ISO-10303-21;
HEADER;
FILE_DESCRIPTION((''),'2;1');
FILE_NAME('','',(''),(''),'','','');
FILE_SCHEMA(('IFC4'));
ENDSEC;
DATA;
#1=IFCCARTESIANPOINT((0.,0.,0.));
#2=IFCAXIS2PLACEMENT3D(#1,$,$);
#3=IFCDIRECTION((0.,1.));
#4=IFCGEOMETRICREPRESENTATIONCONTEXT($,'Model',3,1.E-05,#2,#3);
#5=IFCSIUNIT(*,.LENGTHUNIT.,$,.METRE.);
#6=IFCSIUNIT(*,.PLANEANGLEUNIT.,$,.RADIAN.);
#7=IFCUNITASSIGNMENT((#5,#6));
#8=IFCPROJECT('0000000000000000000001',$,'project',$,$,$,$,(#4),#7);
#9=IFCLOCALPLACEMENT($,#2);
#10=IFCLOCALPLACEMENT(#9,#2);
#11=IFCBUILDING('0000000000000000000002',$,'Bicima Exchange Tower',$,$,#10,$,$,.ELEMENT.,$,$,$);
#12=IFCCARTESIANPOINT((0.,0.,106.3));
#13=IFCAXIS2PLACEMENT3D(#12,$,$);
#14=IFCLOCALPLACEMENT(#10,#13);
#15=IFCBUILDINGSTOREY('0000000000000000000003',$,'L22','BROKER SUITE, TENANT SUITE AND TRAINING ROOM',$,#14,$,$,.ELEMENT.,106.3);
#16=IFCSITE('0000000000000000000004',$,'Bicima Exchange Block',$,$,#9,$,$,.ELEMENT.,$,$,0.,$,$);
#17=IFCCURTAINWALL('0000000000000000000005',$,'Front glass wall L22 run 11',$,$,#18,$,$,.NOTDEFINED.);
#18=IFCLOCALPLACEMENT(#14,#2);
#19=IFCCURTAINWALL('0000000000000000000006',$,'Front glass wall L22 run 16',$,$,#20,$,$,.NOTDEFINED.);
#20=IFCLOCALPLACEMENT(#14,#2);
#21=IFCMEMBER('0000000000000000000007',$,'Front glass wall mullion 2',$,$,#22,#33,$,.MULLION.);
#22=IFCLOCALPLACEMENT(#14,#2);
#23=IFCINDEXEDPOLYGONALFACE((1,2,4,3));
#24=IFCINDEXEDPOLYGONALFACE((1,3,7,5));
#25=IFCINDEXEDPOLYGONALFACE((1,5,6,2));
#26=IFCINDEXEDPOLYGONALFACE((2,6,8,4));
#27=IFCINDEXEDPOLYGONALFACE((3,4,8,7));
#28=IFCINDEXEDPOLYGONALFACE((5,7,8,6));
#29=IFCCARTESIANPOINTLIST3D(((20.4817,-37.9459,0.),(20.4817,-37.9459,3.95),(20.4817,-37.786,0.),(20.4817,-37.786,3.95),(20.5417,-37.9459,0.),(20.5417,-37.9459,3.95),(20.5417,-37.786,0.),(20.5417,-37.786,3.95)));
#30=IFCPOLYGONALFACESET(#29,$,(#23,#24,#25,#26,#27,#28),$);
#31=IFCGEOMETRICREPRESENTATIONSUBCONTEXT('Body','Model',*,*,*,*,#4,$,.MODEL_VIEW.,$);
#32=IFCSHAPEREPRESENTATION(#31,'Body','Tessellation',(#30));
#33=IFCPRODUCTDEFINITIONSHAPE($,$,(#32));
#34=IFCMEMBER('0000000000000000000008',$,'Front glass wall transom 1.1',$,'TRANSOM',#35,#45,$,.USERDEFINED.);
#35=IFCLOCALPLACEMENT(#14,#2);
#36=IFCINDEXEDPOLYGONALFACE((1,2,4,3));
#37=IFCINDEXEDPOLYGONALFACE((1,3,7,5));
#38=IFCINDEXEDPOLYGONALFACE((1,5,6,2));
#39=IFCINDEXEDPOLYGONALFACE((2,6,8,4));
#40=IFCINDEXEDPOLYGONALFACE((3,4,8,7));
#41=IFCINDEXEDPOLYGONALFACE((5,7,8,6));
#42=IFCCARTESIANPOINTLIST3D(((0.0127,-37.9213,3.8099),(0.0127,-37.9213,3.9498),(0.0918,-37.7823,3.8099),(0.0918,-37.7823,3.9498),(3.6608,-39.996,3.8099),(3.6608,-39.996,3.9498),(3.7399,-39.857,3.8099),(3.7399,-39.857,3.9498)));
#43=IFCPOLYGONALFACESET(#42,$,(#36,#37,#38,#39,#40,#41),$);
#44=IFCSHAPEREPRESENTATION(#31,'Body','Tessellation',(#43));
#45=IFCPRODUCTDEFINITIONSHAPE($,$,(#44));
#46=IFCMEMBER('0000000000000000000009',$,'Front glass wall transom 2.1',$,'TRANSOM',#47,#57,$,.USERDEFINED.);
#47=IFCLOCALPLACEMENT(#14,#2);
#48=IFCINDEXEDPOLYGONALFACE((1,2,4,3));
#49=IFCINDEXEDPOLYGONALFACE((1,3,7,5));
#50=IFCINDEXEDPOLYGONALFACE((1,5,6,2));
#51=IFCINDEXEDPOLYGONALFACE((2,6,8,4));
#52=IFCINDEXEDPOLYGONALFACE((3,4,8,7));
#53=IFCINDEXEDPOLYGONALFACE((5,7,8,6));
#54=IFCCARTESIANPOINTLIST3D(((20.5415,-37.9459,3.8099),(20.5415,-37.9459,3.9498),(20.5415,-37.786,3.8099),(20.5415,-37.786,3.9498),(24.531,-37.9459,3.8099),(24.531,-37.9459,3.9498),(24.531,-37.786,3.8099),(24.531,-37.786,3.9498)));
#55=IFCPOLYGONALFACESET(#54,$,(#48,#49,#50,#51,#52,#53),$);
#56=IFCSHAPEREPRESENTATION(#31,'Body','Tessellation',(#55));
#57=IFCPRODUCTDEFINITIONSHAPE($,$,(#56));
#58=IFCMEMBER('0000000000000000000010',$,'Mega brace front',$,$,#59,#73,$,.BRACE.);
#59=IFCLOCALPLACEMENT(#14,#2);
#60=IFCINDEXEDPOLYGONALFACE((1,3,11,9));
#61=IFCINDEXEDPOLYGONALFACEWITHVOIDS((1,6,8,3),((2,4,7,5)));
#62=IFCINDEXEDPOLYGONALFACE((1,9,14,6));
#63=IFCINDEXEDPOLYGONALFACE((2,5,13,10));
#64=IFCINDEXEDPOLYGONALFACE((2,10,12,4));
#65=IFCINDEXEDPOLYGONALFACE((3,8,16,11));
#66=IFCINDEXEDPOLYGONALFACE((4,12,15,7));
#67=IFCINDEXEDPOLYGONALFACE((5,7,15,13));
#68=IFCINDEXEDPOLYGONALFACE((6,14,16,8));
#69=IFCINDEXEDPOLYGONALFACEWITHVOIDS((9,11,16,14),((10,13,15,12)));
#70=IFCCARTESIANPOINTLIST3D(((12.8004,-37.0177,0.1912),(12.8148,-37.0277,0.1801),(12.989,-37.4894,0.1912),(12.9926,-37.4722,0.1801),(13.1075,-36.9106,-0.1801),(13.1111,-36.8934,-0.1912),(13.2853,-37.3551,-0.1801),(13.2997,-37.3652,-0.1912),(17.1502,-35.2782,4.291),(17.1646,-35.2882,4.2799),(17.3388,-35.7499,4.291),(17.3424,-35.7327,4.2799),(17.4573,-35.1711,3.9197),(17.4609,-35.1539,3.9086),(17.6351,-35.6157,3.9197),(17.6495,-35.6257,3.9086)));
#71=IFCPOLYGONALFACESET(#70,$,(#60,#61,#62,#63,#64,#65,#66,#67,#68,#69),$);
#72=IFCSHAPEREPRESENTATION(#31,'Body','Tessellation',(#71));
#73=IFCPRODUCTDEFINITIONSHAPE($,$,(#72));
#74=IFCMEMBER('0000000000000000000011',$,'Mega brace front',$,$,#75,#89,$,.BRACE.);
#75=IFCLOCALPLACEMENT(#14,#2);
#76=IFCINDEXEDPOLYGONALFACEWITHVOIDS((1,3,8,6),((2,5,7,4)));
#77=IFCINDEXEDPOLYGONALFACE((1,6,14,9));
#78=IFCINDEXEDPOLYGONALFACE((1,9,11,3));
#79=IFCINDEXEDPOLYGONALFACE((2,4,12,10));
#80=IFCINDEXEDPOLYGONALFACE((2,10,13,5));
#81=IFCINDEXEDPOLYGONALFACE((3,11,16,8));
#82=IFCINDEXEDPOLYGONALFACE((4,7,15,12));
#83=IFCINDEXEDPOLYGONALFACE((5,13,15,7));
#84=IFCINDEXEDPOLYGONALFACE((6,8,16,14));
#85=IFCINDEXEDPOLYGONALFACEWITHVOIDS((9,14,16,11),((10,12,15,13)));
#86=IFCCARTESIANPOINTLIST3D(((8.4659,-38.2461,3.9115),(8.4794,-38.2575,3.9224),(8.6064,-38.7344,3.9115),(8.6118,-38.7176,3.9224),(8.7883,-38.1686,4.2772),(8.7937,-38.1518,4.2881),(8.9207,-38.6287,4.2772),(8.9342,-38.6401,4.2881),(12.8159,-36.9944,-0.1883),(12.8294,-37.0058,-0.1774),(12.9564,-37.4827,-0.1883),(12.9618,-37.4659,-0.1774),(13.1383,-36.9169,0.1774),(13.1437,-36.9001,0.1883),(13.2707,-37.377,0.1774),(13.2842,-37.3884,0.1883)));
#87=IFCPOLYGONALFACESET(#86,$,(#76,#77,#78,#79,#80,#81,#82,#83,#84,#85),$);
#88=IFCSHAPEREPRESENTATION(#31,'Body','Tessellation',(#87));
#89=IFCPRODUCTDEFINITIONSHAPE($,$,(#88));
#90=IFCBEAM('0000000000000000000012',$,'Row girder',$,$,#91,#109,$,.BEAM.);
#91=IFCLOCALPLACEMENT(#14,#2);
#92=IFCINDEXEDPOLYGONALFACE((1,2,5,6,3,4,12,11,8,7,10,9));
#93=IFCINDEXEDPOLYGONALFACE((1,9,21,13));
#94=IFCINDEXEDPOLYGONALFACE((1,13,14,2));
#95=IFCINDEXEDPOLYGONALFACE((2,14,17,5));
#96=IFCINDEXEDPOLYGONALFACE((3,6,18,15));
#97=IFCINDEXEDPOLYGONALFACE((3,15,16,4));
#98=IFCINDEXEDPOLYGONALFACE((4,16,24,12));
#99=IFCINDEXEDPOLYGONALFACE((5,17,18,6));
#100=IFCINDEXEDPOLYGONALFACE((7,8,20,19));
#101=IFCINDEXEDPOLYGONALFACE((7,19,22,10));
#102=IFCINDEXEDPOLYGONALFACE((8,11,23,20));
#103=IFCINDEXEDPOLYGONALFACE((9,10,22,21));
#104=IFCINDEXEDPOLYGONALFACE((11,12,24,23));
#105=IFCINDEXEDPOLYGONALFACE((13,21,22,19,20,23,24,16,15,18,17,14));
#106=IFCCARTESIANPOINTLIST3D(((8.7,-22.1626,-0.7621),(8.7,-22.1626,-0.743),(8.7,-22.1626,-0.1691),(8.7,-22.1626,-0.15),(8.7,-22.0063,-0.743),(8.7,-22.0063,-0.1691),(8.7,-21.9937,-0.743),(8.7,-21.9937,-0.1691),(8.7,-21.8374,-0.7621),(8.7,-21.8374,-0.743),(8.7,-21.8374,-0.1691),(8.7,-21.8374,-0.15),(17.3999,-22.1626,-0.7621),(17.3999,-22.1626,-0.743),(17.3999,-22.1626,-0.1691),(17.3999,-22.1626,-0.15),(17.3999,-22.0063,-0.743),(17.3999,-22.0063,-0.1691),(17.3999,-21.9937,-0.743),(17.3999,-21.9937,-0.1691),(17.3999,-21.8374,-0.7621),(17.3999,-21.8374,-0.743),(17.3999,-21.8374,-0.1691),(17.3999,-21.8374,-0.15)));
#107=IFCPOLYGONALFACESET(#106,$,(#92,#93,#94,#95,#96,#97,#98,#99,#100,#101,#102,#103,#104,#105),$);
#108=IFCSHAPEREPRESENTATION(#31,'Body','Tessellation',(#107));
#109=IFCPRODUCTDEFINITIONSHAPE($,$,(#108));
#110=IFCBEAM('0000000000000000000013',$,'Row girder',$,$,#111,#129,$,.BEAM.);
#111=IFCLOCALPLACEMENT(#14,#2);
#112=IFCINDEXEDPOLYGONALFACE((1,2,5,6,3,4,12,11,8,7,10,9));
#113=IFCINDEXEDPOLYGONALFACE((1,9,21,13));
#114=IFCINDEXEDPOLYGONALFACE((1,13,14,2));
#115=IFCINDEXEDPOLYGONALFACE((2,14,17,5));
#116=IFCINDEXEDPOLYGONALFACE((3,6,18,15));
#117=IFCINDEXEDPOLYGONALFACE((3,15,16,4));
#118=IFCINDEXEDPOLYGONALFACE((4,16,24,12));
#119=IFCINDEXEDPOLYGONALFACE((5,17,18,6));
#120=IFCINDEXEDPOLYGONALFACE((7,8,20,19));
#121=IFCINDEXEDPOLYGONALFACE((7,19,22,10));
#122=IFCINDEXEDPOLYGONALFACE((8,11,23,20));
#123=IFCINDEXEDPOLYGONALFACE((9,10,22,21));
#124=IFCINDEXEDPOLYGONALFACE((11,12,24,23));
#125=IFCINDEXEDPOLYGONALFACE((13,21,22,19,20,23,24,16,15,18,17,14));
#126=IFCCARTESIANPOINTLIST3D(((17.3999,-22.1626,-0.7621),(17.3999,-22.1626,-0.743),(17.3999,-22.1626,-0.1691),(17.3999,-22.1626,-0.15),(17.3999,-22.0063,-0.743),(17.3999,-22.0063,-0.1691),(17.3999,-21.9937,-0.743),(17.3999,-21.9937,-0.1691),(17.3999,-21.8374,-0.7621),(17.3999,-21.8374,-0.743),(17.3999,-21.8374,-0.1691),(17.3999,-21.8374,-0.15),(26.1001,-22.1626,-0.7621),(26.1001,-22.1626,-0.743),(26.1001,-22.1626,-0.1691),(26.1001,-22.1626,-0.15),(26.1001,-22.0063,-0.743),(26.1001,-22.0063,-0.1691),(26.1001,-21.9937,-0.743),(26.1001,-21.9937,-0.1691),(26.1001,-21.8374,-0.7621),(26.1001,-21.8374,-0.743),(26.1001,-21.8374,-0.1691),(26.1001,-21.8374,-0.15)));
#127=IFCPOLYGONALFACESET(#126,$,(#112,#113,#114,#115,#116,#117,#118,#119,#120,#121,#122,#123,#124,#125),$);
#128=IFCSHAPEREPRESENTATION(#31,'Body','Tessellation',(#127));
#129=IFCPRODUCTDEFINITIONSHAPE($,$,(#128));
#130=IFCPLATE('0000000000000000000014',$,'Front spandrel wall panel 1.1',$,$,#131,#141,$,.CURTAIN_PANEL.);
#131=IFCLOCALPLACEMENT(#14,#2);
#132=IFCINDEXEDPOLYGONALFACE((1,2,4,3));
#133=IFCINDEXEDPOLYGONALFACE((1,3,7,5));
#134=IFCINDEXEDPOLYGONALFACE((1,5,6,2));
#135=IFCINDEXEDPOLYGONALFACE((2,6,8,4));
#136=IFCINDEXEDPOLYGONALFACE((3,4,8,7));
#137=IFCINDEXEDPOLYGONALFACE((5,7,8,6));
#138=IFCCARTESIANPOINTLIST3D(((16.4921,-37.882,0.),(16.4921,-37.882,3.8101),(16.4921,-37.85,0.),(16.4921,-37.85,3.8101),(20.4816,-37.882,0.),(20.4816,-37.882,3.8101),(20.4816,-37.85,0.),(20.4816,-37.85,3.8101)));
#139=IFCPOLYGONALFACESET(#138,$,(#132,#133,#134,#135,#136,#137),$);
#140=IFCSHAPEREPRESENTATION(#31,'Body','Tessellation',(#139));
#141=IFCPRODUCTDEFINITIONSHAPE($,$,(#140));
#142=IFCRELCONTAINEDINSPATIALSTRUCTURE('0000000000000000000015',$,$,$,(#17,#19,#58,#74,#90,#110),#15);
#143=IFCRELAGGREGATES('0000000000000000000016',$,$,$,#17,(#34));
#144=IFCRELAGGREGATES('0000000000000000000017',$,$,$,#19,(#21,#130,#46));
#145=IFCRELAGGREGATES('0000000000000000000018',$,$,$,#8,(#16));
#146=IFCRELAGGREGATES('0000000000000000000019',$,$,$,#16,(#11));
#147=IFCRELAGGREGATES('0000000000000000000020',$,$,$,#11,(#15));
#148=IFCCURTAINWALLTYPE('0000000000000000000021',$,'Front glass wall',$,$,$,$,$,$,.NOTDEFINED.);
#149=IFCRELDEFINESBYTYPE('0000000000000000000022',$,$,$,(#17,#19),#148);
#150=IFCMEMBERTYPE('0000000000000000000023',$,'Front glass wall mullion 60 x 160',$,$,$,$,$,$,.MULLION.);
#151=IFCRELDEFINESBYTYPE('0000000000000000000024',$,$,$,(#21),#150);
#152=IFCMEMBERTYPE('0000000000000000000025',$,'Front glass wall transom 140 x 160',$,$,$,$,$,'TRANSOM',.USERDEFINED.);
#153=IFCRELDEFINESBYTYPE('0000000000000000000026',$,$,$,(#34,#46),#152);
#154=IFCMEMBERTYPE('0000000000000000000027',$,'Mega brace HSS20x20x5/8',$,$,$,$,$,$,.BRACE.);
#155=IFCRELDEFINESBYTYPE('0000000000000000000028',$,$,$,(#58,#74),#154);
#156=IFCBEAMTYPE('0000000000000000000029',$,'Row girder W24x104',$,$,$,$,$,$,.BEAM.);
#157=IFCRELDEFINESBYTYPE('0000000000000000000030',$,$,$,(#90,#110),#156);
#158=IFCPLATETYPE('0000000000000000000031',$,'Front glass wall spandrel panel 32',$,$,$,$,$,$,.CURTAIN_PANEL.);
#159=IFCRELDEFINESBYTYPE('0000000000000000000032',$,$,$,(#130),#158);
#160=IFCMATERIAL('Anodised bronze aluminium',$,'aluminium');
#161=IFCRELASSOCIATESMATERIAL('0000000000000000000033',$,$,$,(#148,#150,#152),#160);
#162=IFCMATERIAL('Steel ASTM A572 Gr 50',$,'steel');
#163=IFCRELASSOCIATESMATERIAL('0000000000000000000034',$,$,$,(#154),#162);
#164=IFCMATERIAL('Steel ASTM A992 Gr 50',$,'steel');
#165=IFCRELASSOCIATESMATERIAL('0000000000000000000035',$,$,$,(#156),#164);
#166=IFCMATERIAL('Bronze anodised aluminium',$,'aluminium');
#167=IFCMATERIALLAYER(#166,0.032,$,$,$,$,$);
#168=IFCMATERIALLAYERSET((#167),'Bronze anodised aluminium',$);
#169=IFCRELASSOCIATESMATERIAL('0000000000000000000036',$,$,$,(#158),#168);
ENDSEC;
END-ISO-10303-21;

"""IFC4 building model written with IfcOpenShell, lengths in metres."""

from ifc_helpers import new_model, si_unit, direction, frame, origin, origin_2d, place, context, subcontext, project, spatial, rectangle, hollow_rectangle, i_section, extrude, material, layer, layer_set, material_profile, profile_set, type_object, element, aggregate, save


model = new_model("IFC4")

# Units and contexts
model_context = context("Model", 3, precision=1e-05, world=origin(), true_north=direction((0.0, 1.0)))
body_context = subcontext(model_context, "Body", "Model", "MODEL_VIEW")
ifc_project = project(units=[si_unit("LENGTHUNIT", "METRE"), si_unit("PLANEANGLEUNIT", "RADIAN")], contexts=[model_context])

# Site, building, storey
site_placement = place(None, origin())
site = spatial("IfcSite", under=ifc_project, at=site_placement, Name="Bicima Exchange Block", CompositionType="ELEMENT", RefElevation=0.0)
building_placement = place(site_placement, origin())
building = spatial("IfcBuilding", under=site, at=building_placement, Name="Bicima Exchange Tower", CompositionType="ELEMENT")
storey_placement = place(building_placement, frame((0.0, 0.0, 106.3)))
storey = spatial("IfcBuildingStorey", under=building, at=storey_placement, Name="L22", Description="BROKER SUITE, TENANT SUITE AND TRAINING ROOM", CompositionType="ELEMENT", Elevation=106.3)

# Shared definitions
ifc_material_1 = material(Name="Steel ASTM A992 Gr 50", Category="steel")

# Shared definitions
ifc_material_profile_1 = material_profile(ifc_material_1, i_section(OverallWidth=0.3252, OverallDepth=0.6121, WebThickness=0.0127, FlangeThickness=0.019, at=origin_2d()))
ifc_profile_set_1 = profile_set([ifc_material_profile_1], Name="Steel ASTM A992 Gr 50")

# Curtain walls, member
ifc_material_2 = material(Name="Anodised bronze aluminium", Category="aluminium")
curtain_wall_type = type_object("IfcCurtainWallType", Name="Front glass wall", PredefinedType="NOTDEFINED", material=ifc_material_2)
curtain_wall_1_placement = place(storey_placement, origin())
curtain_wall_1 = element("IfcCurtainWall", 1, at=curtain_wall_1_placement, inside=storey, type_object=curtain_wall_type, Name="Front glass wall L22 run 11", PredefinedType="NOTDEFINED")
ifc_material_profile_2 = material_profile(ifc_material_2, rectangle(XDim=0.1599, YDim=0.0601, at=origin_2d()))
ifc_profile_set_2 = profile_set([ifc_material_profile_2], Name="Anodised bronze aluminium")
member_type_1 = type_object("IfcMemberType", Name="Front glass wall mullion 60 x 160", PredefinedType="MULLION", material=ifc_profile_set_2)
curtain_wall_2_placement = place(storey_placement, origin())
curtain_wall_2 = element("IfcCurtainWall", 2, at=curtain_wall_2_placement, inside=storey, type_object=curtain_wall_type, Name="Front glass wall L22 run 16", PredefinedType="NOTDEFINED")
member_1_placement = place(storey_placement, frame((20.5117, -37.866, 0.0), z_axis=(0.0, 0.0, 1.0), x_axis=(0.0, 1.0, 0.0)))
member_1 = element("IfcMember", 3, at=member_1_placement, type_object=member_type_1, Name="Front glass wall mullion 2", PredefinedType="MULLION", context=body_context, shape_type="SweptSolid", body=[
    extrude(rectangle(XDim=0.1599, YDim=0.0601, at=origin_2d()), origin(), (0.0, 0.0, 1.0), 3.95),
])

# Members
ifc_material_profile_3 = material_profile(ifc_material_2, rectangle(XDim=0.1599, YDim=0.1399, at=origin_2d()))
ifc_profile_set_3 = profile_set([ifc_material_profile_3], Name="Anodised bronze aluminium")
member_type_2 = type_object("IfcMemberType", Name="Front glass wall transom 140 x 160", ElementType="TRANSOM", PredefinedType="USERDEFINED", material=ifc_profile_set_3)
member_2_placement = place(storey_placement, frame((0.0522, -37.8518, 3.8799), z_axis=(0.869265, -0.494346, 0.0), x_axis=(0.494346, 0.869265, 0.0)))
member_2 = element("IfcMember", 4, at=member_2_placement, type_object=member_type_2, Name="Front glass wall transom 1.1", ObjectType="TRANSOM", PredefinedType="USERDEFINED", context=body_context, shape_type="SweptSolid", body=[
    extrude(rectangle(XDim=0.1599, YDim=0.1399, at=origin_2d()), origin(), (0.0, 0.0, 1.0), 4.1968),
])
aggregate(curtain_wall_1, [member_2])
member_3_placement = place(storey_placement, frame((20.5415, -37.866, 3.8799), z_axis=(1.0, 0.0, 0.0), x_axis=(0.0, 1.0, 0.0)))
member_3 = element("IfcMember", 5, at=member_3_placement, type_object=member_type_2, Name="Front glass wall transom 2.1", ObjectType="TRANSOM", PredefinedType="USERDEFINED", context=body_context, shape_type="SweptSolid", body=[
    extrude(rectangle(XDim=0.1599, YDim=0.1399, at=origin_2d()), origin(), (0.0, 0.0, 1.0), 3.9895),
])

# Members
ifc_material_3 = material(Name="Steel ASTM A572 Gr 50", Category="steel")
ifc_material_profile_4 = material_profile(ifc_material_3, hollow_rectangle(XDim=0.5081, YDim=0.5081, WallThickness=0.0146, at=origin_2d()))
ifc_profile_set_4 = profile_set([ifc_material_profile_4], Name="Steel ASTM A572 Gr 50")
member_type_3 = type_object("IfcMemberType", Name="Mega brace HSS20x20x5/8", PredefinedType="BRACE", material=ifc_profile_set_4)
member_4_placement = place(storey_placement, frame((13.05, -37.1914, 0.0), z_axis=(0.698724, 0.279419, 0.658566), x_axis=(-0.37131, 0.928509, 0.0)))
element("IfcMember", 6, at=member_4_placement, inside=storey, type_object=member_type_3, Name="Mega brace front", PredefinedType="BRACE", context=body_context, shape_type="SweptSolid", body=[
    extrude(hollow_rectangle(XDim=0.5081, YDim=0.5081, WallThickness=0.0146, at=origin_2d()), origin(), (0.0, 0.0, 1.0), 6.2253),
])
member_5_placement = place(storey_placement, frame((13.05, -37.1914, 0.0), z_axis=(-0.71228, -0.204953, 0.671305), x_axis=(0.276523, -0.961007, 0.0)))
element("IfcMember", 7, at=member_5_placement, inside=storey, type_object=member_type_3, Name="Mega brace front", PredefinedType="BRACE", context=body_context, shape_type="SweptSolid", body=[
    extrude(hollow_rectangle(XDim=0.5081, YDim=0.5081, WallThickness=0.0146, at=origin_2d()), origin(), (0.0, 0.0, 1.0), 6.1072),
])

# Beams
beam_type_1 = type_object("IfcBeamType", Name="Row girder W24x104", PredefinedType="BEAM", material=ifc_profile_set_1)
beam_1_placement = place(storey_placement, frame((8.7, -22.0, -0.4561), z_axis=(1.0, 0.0, 0.0), x_axis=(0.0, 1.0, 0.0)))
element("IfcBeam", 8, at=beam_1_placement, inside=storey, type_object=beam_type_1, Name="Row girder", PredefinedType="BEAM", context=body_context, shape_type="SweptSolid", body=[
    extrude(i_section(OverallWidth=0.3252, OverallDepth=0.6121, WebThickness=0.0127, FlangeThickness=0.019, at=origin_2d()), origin(), (0.0, 0.0, 1.0), 8.7),
])
beam_2_placement = place(storey_placement, frame((17.3999, -22.0, -0.4561), z_axis=(1.0, 0.0, 0.0), x_axis=(0.0, 1.0, 0.0)))
element("IfcBeam", 9, at=beam_2_placement, inside=storey, type_object=beam_type_1, Name="Row girder", PredefinedType="BEAM", context=body_context, shape_type="SweptSolid", body=[
    extrude(i_section(OverallWidth=0.3252, OverallDepth=0.6121, WebThickness=0.0127, FlangeThickness=0.019, at=origin_2d()), origin(), (0.0, 0.0, 1.0), 8.7002),
])

# Plate
ifc_material_4 = material(Name="Bronze anodised aluminium", Category="aluminium")
ifc_layer_1 = layer(ifc_material_4, 0.032)
ifc_layer_set_1 = layer_set([ifc_layer_1], Name="Bronze anodised aluminium")
plate_type = type_object("IfcPlateType", Name="Front glass wall spandrel panel 32", PredefinedType="CURTAIN_PANEL", material=ifc_layer_set_1)
plate_placement = place(storey_placement, frame((18.4868, -37.866, 0.0), z_axis=(0.0, 0.0, 1.0), x_axis=(1.0, 0.0, 0.0)))
plate = element("IfcPlate", 10, at=plate_placement, type_object=plate_type, Name="Front spandrel wall panel 1.1", PredefinedType="CURTAIN_PANEL", context=body_context, shape_type="SweptSolid", body=[
    extrude(rectangle(XDim=3.9895, YDim=0.032, at=origin_2d()), origin(), (0.0, 0.0, 1.0), 3.8101),
])
aggregate(curtain_wall_2, [member_1, plate, member_3])

save(model, "model.ifc")
